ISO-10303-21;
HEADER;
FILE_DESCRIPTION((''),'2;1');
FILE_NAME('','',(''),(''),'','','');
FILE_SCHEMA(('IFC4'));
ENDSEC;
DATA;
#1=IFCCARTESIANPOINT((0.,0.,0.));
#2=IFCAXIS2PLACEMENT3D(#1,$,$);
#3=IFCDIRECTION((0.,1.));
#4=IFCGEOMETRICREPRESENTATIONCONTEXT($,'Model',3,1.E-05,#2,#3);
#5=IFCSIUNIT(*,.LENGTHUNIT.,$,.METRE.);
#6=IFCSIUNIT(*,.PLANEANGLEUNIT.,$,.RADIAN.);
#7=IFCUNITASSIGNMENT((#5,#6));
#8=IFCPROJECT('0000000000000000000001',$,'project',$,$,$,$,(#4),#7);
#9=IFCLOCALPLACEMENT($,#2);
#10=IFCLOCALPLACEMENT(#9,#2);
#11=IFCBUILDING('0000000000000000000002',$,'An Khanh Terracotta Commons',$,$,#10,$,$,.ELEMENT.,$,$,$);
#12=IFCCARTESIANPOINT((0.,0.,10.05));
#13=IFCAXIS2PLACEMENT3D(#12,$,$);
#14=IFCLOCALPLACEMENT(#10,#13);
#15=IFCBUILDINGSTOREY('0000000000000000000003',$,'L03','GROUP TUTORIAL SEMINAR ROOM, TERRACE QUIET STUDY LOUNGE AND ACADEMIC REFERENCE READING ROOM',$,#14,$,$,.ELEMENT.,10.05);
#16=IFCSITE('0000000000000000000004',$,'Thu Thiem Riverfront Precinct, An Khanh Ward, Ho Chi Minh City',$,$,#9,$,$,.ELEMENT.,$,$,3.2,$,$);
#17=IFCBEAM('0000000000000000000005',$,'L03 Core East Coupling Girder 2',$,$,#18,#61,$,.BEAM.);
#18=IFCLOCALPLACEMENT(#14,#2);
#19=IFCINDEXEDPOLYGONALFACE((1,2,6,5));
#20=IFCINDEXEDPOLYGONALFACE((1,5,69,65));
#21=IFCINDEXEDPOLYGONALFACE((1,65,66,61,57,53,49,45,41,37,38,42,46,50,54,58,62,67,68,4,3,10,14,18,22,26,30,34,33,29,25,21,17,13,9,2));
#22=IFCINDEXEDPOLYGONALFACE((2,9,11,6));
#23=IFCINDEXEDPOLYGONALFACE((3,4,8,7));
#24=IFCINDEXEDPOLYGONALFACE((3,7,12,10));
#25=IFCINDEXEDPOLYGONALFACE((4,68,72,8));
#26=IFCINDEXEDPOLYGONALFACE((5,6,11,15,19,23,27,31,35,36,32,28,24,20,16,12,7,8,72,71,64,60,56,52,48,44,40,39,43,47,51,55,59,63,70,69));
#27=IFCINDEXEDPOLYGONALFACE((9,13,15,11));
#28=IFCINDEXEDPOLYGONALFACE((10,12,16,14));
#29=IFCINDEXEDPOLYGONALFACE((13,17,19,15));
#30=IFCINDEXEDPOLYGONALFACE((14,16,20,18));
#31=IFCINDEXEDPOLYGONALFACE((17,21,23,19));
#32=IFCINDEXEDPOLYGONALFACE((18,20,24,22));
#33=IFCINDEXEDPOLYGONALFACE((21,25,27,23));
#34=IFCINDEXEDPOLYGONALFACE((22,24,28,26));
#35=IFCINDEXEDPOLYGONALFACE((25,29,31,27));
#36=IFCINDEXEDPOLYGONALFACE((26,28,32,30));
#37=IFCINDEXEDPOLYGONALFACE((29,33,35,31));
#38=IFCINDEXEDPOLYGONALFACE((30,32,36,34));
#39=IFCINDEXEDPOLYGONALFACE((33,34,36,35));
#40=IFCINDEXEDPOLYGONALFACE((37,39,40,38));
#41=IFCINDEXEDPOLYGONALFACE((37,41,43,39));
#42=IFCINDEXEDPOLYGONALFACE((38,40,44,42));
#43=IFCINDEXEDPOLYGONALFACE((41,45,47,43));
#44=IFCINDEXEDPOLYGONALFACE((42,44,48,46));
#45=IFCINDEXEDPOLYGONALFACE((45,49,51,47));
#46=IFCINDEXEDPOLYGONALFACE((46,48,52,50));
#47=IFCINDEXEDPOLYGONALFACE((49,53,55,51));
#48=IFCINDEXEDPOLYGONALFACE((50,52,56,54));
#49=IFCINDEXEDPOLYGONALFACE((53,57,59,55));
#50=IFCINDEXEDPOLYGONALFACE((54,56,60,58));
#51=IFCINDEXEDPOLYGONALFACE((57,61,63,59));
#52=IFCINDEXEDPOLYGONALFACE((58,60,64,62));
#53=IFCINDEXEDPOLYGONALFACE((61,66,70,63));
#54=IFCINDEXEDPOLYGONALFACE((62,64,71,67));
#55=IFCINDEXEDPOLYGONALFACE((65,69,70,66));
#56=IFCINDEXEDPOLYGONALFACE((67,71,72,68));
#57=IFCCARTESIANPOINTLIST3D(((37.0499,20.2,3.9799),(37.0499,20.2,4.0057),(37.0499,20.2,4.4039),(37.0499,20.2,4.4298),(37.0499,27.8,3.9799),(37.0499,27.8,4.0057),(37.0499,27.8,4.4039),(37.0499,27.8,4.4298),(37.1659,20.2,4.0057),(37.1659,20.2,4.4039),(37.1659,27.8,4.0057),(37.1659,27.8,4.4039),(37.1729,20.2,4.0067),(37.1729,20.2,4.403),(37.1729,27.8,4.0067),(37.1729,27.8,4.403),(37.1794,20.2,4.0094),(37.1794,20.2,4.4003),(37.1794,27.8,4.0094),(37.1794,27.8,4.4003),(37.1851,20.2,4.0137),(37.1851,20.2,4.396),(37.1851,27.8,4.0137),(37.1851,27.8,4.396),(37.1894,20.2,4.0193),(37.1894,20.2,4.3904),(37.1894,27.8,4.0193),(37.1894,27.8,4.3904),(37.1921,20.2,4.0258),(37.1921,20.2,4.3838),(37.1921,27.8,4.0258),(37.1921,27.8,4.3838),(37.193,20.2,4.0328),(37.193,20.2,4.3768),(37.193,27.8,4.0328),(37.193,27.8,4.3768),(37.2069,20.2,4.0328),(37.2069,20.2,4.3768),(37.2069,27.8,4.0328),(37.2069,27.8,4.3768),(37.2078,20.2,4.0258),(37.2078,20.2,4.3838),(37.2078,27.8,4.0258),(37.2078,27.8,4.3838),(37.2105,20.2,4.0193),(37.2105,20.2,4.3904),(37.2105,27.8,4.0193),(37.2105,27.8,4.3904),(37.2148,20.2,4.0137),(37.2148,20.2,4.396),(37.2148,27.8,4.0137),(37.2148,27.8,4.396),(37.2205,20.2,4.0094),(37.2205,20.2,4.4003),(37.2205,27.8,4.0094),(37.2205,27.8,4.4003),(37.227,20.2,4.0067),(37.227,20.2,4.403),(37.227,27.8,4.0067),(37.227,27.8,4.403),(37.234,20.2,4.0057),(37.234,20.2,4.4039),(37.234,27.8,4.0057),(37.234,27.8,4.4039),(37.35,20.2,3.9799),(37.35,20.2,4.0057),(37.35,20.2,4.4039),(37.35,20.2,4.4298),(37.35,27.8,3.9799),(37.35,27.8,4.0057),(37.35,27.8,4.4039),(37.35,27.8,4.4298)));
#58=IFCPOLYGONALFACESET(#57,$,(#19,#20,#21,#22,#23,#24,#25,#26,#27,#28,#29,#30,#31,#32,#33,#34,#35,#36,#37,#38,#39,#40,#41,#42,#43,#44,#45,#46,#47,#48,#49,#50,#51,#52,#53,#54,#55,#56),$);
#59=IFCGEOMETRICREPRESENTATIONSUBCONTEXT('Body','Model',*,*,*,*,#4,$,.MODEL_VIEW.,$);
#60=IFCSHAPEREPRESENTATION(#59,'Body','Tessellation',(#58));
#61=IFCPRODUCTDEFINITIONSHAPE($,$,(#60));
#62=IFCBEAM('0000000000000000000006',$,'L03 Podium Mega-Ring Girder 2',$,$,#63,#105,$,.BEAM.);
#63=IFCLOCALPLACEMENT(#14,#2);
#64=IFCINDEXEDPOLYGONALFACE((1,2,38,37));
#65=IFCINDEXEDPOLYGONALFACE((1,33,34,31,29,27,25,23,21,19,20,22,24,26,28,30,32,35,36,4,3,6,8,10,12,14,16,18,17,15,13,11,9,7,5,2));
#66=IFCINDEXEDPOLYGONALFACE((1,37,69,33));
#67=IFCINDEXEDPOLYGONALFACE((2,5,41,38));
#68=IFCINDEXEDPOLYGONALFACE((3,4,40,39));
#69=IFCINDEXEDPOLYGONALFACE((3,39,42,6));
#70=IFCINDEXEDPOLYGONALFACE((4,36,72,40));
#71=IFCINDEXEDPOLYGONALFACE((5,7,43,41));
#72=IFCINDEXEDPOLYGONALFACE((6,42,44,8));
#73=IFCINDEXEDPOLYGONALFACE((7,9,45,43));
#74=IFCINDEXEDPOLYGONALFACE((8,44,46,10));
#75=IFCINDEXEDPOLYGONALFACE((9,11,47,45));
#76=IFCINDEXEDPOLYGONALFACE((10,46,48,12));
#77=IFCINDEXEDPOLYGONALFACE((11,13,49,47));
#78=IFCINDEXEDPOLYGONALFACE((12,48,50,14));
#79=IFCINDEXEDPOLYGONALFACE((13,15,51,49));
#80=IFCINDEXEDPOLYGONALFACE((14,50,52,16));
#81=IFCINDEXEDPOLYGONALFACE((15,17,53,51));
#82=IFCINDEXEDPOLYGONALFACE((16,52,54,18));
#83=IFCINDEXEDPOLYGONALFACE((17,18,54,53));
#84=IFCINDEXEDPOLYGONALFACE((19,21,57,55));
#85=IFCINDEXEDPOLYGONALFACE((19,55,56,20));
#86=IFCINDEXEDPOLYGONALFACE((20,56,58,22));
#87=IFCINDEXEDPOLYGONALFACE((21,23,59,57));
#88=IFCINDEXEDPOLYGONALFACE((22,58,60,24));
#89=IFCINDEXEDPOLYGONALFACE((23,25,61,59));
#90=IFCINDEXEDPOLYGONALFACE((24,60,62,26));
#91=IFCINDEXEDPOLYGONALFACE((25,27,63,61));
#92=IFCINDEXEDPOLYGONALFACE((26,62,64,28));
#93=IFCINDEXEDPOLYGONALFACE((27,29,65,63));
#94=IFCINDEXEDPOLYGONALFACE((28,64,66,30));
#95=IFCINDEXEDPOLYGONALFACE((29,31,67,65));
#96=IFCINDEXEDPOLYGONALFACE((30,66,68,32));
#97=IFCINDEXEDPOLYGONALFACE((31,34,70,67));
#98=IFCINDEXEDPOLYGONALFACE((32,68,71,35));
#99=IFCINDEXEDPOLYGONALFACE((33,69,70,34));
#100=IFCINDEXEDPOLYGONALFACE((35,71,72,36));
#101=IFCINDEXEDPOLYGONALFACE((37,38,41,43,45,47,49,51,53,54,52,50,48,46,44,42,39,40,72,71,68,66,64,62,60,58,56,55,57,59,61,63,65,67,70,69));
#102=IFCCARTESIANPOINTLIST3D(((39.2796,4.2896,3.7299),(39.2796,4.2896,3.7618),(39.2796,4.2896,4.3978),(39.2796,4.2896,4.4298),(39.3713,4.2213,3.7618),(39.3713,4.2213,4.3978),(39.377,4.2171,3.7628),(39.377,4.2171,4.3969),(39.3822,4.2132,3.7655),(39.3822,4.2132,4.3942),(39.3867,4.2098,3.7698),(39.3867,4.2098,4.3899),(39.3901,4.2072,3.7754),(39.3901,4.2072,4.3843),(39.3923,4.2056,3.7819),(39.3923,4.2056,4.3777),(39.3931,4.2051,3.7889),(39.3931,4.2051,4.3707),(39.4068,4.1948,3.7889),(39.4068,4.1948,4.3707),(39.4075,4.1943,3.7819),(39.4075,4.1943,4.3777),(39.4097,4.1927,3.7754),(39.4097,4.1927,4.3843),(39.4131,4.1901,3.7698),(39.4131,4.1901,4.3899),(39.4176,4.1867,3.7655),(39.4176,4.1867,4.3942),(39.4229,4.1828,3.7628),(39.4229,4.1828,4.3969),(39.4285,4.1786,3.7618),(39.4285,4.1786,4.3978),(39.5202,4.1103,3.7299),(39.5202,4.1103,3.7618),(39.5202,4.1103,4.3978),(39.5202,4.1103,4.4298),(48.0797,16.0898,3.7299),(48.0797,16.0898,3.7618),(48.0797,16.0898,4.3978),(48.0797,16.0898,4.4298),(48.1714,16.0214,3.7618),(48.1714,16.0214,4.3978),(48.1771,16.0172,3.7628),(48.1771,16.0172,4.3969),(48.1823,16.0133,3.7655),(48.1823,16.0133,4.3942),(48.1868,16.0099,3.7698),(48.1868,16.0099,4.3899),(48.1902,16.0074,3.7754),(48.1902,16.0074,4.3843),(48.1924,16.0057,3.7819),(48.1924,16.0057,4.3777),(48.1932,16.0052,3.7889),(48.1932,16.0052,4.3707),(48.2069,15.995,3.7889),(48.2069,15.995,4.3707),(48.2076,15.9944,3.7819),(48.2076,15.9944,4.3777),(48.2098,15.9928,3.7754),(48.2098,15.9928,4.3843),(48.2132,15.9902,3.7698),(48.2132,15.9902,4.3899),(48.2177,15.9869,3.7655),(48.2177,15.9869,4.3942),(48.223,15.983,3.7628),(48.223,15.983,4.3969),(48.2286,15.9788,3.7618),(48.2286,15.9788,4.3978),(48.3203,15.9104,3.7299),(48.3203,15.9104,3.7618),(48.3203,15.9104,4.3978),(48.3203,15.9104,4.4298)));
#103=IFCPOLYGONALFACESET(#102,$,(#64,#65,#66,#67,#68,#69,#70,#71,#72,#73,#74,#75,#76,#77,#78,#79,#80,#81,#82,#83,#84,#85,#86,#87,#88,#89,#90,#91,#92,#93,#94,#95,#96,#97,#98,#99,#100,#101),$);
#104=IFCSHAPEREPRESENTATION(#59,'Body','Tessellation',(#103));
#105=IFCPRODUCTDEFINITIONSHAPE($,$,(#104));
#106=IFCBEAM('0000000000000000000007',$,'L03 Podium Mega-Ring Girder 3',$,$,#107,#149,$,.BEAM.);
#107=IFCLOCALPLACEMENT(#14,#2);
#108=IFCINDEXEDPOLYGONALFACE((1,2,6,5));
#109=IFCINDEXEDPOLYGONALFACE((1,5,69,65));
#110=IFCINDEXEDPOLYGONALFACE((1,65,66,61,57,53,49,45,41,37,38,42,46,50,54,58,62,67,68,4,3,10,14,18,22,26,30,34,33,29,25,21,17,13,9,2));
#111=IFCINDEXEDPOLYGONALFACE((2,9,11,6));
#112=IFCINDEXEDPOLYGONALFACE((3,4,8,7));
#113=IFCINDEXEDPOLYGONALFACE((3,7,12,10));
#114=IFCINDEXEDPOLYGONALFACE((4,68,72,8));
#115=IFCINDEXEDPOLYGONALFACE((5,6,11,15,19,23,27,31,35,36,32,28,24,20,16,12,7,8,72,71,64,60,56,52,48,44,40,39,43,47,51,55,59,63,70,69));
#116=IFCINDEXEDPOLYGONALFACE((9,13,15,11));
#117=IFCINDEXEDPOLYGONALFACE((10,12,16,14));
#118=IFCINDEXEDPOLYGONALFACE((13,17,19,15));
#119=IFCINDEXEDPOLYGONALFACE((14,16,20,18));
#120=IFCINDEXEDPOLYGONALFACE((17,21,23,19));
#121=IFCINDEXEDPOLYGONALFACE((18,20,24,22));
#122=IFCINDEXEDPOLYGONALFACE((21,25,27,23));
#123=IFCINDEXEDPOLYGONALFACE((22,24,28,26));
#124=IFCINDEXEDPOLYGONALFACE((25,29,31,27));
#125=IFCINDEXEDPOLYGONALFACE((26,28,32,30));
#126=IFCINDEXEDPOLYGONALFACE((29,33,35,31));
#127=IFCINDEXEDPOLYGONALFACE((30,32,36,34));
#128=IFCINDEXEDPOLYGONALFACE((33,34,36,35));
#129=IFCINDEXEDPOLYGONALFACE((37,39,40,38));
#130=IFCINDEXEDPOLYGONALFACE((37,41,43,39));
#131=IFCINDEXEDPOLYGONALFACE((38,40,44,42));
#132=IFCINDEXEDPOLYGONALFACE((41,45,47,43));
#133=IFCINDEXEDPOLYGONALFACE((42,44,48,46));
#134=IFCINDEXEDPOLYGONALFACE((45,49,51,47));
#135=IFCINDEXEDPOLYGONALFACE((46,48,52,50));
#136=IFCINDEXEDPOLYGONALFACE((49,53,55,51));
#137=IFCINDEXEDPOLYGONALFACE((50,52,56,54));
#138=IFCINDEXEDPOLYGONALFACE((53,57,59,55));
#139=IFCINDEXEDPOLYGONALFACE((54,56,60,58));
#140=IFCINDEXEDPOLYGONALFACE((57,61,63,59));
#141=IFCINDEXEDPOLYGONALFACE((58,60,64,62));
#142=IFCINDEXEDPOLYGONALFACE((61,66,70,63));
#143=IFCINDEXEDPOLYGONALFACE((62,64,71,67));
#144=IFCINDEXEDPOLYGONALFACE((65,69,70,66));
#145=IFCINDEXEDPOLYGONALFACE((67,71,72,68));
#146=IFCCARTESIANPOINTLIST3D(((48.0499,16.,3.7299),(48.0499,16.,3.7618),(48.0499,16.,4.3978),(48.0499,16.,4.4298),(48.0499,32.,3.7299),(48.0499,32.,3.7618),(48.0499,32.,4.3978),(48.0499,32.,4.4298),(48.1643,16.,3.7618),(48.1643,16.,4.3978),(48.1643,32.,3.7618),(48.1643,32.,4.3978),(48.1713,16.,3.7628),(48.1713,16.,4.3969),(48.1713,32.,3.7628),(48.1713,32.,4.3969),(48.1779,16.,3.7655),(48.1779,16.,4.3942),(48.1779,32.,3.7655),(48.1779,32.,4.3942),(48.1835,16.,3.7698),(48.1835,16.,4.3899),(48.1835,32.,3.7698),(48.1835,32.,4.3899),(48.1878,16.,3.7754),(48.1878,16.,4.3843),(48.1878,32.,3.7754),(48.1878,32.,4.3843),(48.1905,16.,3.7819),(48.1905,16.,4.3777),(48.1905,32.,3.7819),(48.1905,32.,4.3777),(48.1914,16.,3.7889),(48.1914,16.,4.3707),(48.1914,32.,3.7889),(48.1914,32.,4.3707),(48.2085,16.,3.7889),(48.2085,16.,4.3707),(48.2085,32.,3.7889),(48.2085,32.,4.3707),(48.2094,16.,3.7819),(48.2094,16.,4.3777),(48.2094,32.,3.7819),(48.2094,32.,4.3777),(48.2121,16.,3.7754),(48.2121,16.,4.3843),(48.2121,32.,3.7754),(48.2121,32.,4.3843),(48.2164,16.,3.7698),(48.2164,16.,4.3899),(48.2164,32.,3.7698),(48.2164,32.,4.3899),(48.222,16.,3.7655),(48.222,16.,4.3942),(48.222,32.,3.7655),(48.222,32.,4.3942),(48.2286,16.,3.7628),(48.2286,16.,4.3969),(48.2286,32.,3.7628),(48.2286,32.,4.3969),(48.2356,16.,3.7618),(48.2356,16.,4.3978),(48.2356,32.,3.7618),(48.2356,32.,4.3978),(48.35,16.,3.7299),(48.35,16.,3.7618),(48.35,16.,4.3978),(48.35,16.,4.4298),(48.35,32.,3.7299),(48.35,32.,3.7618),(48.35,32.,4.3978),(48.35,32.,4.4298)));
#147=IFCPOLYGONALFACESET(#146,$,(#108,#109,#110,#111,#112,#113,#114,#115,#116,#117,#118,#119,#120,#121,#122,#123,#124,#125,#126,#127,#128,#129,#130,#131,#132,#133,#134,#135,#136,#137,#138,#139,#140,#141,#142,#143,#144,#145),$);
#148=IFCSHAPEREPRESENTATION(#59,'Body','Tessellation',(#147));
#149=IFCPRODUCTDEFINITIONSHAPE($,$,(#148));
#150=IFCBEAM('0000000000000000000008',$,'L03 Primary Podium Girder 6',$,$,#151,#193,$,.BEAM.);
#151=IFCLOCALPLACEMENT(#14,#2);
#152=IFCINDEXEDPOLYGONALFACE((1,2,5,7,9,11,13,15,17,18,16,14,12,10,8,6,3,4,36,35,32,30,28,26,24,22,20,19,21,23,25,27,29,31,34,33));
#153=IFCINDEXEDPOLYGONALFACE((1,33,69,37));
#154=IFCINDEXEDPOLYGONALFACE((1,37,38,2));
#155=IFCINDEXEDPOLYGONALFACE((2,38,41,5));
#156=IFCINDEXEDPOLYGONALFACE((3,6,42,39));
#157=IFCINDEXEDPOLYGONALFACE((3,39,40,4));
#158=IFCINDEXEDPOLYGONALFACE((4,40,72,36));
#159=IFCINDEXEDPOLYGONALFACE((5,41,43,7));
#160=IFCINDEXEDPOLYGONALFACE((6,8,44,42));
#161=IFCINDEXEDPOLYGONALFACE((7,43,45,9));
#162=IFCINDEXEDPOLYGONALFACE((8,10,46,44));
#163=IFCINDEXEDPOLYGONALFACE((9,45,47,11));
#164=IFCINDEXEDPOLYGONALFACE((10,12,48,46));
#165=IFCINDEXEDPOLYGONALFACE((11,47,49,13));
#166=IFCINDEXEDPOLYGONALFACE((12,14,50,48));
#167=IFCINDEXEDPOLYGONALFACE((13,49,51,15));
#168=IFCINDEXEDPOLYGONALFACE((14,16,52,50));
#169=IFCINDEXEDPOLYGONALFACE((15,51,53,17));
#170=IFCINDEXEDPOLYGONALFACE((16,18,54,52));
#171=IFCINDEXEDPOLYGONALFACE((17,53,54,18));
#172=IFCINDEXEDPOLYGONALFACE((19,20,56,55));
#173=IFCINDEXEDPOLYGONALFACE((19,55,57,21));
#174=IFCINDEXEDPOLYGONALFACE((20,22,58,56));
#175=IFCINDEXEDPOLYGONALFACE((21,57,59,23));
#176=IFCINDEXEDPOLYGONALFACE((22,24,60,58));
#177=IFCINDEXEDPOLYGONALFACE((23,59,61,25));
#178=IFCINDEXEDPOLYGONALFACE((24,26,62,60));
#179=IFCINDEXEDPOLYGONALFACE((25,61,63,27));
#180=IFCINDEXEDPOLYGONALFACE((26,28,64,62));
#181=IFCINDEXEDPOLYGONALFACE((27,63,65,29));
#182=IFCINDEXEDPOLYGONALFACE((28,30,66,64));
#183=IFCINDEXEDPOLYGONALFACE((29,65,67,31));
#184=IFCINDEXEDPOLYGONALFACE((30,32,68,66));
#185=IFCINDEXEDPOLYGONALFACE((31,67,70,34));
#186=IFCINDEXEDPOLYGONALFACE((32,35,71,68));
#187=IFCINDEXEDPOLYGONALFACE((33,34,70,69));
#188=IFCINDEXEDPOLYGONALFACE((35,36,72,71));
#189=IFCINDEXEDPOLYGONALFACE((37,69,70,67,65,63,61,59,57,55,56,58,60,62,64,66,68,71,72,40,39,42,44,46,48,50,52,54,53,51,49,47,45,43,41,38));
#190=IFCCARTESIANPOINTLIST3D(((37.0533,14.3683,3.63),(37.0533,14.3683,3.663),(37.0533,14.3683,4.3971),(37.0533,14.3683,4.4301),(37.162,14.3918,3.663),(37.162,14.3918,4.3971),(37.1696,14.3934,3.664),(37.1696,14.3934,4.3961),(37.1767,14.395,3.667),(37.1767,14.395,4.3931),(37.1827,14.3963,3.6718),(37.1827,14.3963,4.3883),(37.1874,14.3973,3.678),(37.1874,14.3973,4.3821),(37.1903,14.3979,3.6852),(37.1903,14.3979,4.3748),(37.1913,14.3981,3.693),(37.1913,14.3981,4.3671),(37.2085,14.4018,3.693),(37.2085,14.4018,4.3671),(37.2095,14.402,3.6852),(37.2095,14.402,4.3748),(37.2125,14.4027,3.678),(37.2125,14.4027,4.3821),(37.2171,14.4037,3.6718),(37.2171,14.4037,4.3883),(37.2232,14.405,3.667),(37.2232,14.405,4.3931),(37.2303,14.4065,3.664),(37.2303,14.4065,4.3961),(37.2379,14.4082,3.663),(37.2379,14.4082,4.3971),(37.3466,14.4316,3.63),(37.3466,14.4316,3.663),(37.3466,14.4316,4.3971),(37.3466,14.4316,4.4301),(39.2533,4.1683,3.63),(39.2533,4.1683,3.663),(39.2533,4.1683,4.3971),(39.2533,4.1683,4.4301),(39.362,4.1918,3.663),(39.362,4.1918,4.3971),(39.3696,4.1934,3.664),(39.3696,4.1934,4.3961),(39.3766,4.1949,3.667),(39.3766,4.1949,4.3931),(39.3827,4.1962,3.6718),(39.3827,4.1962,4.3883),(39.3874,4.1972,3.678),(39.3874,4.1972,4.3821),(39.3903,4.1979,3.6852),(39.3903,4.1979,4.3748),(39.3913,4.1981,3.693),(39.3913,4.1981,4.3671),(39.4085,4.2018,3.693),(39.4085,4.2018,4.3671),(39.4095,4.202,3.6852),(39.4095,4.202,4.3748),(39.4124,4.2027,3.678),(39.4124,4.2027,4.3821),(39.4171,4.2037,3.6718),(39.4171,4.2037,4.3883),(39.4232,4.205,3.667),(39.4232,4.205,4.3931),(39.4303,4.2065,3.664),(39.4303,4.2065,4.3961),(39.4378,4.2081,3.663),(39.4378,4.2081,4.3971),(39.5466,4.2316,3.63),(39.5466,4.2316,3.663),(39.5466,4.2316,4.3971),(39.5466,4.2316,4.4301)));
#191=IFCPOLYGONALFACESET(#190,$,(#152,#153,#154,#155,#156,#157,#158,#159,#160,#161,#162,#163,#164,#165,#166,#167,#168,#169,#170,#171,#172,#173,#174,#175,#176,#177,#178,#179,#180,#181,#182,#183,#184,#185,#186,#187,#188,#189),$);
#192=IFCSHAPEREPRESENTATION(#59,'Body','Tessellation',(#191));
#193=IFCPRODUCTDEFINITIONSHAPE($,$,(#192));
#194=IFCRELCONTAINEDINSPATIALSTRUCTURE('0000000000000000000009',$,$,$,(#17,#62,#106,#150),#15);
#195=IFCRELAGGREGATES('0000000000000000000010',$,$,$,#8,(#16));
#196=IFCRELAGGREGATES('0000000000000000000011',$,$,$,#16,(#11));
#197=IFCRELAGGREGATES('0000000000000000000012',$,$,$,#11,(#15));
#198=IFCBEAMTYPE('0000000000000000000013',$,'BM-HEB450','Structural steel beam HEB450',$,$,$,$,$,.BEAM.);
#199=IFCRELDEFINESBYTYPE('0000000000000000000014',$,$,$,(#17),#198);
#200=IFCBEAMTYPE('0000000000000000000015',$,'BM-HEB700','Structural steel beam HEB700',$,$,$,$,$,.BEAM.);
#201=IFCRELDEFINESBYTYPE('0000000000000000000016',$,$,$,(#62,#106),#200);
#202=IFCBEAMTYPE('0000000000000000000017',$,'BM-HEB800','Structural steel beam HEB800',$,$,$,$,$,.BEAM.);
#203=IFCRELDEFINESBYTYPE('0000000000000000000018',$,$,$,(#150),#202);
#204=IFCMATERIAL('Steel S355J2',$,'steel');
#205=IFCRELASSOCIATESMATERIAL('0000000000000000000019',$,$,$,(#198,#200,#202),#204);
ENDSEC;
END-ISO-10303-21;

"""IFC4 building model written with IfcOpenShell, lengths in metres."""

from ifc_helpers import new_model, si_unit, direction, frame, origin, origin_2d, place, context, subcontext, project, spatial, i_section, extrude, material, material_profile, profile_set, type_object, element, save


model = new_model("IFC4")

# Units and contexts
model_context = context("Model", 3, precision=1e-05, world=origin(), true_north=direction((0.0, 1.0)))
body_context = subcontext(model_context, "Body", "Model", "MODEL_VIEW")
ifc_project = project(units=[si_unit("LENGTHUNIT", "METRE"), si_unit("PLANEANGLEUNIT", "RADIAN")], contexts=[model_context])

# Site, building, storey
site_placement = place(None, origin())
site = spatial("IfcSite", under=ifc_project, at=site_placement, Name="Thu Thiem Riverfront Precinct, An Khanh Ward, Ho Chi Minh City", CompositionType="ELEMENT", RefElevation=3.2)
building_placement = place(site_placement, origin())
building = spatial("IfcBuilding", under=site, at=building_placement, Name="An Khanh Terracotta Commons", CompositionType="ELEMENT")
storey_placement = place(building_placement, frame((0.0, 0.0, 10.05)))
storey = spatial("IfcBuildingStorey", under=building, at=storey_placement, Name="L03", Description="GROUP TUTORIAL SEMINAR ROOM, TERRACE QUIET STUDY LOUNGE AND ACADEMIC REFERENCE READING ROOM", CompositionType="ELEMENT", Elevation=10.05)

# Beams
ifc_material_1 = material(Name="Steel S355J2", Category="steel")
ifc_material_profile_1 = material_profile(ifc_material_1, i_section(OverallWidth=0.3, OverallDepth=0.45, WebThickness=0.0139, FlangeThickness=0.0259, FilletRadius=0.0271, at=origin_2d()), Name="HEB450")
ifc_profile_set_1 = profile_set([ifc_material_profile_1], Name="Steel S355J2")
beam_type_1 = type_object("IfcBeamType", Name="BM-HEB450", Description="Structural steel beam HEB450", PredefinedType="BEAM", material=ifc_profile_set_1)
beam_1_placement = place(storey_placement, frame((37.2, 20.2, 4.2048), z_axis=(0.0, 1.0, 0.0), x_axis=(-1.0, 0.0, 0.0)))
element("IfcBeam", 1, at=beam_1_placement, inside=storey, type_object=beam_type_1, Name="L03 Core East Coupling Girder 2", PredefinedType="BEAM", context=body_context, shape_type="SweptSolid", body=[
    extrude(i_section(OverallWidth=0.3, OverallDepth=0.45, WebThickness=0.0139, FlangeThickness=0.0259, FilletRadius=0.0271, at=origin_2d()), origin(), (0.0, 0.0, 1.0), 7.6001),
])
ifc_material_profile_2 = material_profile(ifc_material_1, i_section(OverallWidth=0.3, OverallDepth=0.7, WebThickness=0.0171, FlangeThickness=0.032, FilletRadius=0.0271, at=origin_2d()), Name="HEB700")
ifc_profile_set_2 = profile_set([ifc_material_profile_2], Name="Steel S355J2")
beam_type_2 = type_object("IfcBeamType", Name="BM-HEB700", Description="Structural steel beam HEB700", PredefinedType="BEAM", material=ifc_profile_set_2)
beam_2_placement = place(storey_placement, frame((39.3999, 4.2, 4.0798), z_axis=(0.597824, 0.801627, 0.0), x_axis=(-0.801627, 0.597824, 0.0)))
element("IfcBeam", 2, at=beam_2_placement, inside=storey, type_object=beam_type_2, Name="L03 Podium Mega-Ring Girder 2", PredefinedType="BEAM", context=body_context, shape_type="SweptSolid", body=[
    extrude(i_section(OverallWidth=0.3, OverallDepth=0.7, WebThickness=0.0171, FlangeThickness=0.032, FilletRadius=0.0271, at=origin_2d()), origin(), (0.0, 0.0, 1.0), 14.7202),
])
beam_3_placement = place(storey_placement, frame((48.2, 16.0, 4.0798), z_axis=(0.0, 1.0, 0.0), x_axis=(-1.0, 0.0, 0.0)))
element("IfcBeam", 3, at=beam_3_placement, inside=storey, type_object=beam_type_2, Name="L03 Podium Mega-Ring Girder 3", PredefinedType="BEAM", context=body_context, shape_type="SweptSolid", body=[
    extrude(i_section(OverallWidth=0.3, OverallDepth=0.7, WebThickness=0.0171, FlangeThickness=0.032, FilletRadius=0.0271, at=origin_2d()), origin(), (0.0, 0.0, 1.0), 16.0),
])
ifc_material_profile_3 = material_profile(ifc_material_1, i_section(OverallWidth=0.3, OverallDepth=0.8, WebThickness=0.0176, FlangeThickness=0.033, FilletRadius=0.03, at=origin_2d()), Name="HEB800")
ifc_profile_set_3 = profile_set([ifc_material_profile_3], Name="Steel S355J2")
beam_type_3 = type_object("IfcBeamType", Name="BM-HEB800", Description="Structural steel beam HEB800", PredefinedType="BEAM", material=ifc_profile_set_3)
beam_4_placement = place(storey_placement, frame((39.3999, 4.2, 4.03), z_axis=(-0.210834, 0.977522, 0.0), x_axis=(-0.977522, -0.210834, 0.0)))
element("IfcBeam", 4, at=beam_4_placement, inside=storey, type_object=beam_type_3, Name="L03 Primary Podium Girder 6", PredefinedType="BEAM", context=body_context, shape_type="SweptSolid", body=[
    extrude(i_section(OverallWidth=0.3, OverallDepth=0.8, WebThickness=0.0176, FlangeThickness=0.033, FilletRadius=0.03, at=origin_2d()), origin(), (0.0, 0.0, 1.0), 10.4346),
])

save(model, "model.ifc")
